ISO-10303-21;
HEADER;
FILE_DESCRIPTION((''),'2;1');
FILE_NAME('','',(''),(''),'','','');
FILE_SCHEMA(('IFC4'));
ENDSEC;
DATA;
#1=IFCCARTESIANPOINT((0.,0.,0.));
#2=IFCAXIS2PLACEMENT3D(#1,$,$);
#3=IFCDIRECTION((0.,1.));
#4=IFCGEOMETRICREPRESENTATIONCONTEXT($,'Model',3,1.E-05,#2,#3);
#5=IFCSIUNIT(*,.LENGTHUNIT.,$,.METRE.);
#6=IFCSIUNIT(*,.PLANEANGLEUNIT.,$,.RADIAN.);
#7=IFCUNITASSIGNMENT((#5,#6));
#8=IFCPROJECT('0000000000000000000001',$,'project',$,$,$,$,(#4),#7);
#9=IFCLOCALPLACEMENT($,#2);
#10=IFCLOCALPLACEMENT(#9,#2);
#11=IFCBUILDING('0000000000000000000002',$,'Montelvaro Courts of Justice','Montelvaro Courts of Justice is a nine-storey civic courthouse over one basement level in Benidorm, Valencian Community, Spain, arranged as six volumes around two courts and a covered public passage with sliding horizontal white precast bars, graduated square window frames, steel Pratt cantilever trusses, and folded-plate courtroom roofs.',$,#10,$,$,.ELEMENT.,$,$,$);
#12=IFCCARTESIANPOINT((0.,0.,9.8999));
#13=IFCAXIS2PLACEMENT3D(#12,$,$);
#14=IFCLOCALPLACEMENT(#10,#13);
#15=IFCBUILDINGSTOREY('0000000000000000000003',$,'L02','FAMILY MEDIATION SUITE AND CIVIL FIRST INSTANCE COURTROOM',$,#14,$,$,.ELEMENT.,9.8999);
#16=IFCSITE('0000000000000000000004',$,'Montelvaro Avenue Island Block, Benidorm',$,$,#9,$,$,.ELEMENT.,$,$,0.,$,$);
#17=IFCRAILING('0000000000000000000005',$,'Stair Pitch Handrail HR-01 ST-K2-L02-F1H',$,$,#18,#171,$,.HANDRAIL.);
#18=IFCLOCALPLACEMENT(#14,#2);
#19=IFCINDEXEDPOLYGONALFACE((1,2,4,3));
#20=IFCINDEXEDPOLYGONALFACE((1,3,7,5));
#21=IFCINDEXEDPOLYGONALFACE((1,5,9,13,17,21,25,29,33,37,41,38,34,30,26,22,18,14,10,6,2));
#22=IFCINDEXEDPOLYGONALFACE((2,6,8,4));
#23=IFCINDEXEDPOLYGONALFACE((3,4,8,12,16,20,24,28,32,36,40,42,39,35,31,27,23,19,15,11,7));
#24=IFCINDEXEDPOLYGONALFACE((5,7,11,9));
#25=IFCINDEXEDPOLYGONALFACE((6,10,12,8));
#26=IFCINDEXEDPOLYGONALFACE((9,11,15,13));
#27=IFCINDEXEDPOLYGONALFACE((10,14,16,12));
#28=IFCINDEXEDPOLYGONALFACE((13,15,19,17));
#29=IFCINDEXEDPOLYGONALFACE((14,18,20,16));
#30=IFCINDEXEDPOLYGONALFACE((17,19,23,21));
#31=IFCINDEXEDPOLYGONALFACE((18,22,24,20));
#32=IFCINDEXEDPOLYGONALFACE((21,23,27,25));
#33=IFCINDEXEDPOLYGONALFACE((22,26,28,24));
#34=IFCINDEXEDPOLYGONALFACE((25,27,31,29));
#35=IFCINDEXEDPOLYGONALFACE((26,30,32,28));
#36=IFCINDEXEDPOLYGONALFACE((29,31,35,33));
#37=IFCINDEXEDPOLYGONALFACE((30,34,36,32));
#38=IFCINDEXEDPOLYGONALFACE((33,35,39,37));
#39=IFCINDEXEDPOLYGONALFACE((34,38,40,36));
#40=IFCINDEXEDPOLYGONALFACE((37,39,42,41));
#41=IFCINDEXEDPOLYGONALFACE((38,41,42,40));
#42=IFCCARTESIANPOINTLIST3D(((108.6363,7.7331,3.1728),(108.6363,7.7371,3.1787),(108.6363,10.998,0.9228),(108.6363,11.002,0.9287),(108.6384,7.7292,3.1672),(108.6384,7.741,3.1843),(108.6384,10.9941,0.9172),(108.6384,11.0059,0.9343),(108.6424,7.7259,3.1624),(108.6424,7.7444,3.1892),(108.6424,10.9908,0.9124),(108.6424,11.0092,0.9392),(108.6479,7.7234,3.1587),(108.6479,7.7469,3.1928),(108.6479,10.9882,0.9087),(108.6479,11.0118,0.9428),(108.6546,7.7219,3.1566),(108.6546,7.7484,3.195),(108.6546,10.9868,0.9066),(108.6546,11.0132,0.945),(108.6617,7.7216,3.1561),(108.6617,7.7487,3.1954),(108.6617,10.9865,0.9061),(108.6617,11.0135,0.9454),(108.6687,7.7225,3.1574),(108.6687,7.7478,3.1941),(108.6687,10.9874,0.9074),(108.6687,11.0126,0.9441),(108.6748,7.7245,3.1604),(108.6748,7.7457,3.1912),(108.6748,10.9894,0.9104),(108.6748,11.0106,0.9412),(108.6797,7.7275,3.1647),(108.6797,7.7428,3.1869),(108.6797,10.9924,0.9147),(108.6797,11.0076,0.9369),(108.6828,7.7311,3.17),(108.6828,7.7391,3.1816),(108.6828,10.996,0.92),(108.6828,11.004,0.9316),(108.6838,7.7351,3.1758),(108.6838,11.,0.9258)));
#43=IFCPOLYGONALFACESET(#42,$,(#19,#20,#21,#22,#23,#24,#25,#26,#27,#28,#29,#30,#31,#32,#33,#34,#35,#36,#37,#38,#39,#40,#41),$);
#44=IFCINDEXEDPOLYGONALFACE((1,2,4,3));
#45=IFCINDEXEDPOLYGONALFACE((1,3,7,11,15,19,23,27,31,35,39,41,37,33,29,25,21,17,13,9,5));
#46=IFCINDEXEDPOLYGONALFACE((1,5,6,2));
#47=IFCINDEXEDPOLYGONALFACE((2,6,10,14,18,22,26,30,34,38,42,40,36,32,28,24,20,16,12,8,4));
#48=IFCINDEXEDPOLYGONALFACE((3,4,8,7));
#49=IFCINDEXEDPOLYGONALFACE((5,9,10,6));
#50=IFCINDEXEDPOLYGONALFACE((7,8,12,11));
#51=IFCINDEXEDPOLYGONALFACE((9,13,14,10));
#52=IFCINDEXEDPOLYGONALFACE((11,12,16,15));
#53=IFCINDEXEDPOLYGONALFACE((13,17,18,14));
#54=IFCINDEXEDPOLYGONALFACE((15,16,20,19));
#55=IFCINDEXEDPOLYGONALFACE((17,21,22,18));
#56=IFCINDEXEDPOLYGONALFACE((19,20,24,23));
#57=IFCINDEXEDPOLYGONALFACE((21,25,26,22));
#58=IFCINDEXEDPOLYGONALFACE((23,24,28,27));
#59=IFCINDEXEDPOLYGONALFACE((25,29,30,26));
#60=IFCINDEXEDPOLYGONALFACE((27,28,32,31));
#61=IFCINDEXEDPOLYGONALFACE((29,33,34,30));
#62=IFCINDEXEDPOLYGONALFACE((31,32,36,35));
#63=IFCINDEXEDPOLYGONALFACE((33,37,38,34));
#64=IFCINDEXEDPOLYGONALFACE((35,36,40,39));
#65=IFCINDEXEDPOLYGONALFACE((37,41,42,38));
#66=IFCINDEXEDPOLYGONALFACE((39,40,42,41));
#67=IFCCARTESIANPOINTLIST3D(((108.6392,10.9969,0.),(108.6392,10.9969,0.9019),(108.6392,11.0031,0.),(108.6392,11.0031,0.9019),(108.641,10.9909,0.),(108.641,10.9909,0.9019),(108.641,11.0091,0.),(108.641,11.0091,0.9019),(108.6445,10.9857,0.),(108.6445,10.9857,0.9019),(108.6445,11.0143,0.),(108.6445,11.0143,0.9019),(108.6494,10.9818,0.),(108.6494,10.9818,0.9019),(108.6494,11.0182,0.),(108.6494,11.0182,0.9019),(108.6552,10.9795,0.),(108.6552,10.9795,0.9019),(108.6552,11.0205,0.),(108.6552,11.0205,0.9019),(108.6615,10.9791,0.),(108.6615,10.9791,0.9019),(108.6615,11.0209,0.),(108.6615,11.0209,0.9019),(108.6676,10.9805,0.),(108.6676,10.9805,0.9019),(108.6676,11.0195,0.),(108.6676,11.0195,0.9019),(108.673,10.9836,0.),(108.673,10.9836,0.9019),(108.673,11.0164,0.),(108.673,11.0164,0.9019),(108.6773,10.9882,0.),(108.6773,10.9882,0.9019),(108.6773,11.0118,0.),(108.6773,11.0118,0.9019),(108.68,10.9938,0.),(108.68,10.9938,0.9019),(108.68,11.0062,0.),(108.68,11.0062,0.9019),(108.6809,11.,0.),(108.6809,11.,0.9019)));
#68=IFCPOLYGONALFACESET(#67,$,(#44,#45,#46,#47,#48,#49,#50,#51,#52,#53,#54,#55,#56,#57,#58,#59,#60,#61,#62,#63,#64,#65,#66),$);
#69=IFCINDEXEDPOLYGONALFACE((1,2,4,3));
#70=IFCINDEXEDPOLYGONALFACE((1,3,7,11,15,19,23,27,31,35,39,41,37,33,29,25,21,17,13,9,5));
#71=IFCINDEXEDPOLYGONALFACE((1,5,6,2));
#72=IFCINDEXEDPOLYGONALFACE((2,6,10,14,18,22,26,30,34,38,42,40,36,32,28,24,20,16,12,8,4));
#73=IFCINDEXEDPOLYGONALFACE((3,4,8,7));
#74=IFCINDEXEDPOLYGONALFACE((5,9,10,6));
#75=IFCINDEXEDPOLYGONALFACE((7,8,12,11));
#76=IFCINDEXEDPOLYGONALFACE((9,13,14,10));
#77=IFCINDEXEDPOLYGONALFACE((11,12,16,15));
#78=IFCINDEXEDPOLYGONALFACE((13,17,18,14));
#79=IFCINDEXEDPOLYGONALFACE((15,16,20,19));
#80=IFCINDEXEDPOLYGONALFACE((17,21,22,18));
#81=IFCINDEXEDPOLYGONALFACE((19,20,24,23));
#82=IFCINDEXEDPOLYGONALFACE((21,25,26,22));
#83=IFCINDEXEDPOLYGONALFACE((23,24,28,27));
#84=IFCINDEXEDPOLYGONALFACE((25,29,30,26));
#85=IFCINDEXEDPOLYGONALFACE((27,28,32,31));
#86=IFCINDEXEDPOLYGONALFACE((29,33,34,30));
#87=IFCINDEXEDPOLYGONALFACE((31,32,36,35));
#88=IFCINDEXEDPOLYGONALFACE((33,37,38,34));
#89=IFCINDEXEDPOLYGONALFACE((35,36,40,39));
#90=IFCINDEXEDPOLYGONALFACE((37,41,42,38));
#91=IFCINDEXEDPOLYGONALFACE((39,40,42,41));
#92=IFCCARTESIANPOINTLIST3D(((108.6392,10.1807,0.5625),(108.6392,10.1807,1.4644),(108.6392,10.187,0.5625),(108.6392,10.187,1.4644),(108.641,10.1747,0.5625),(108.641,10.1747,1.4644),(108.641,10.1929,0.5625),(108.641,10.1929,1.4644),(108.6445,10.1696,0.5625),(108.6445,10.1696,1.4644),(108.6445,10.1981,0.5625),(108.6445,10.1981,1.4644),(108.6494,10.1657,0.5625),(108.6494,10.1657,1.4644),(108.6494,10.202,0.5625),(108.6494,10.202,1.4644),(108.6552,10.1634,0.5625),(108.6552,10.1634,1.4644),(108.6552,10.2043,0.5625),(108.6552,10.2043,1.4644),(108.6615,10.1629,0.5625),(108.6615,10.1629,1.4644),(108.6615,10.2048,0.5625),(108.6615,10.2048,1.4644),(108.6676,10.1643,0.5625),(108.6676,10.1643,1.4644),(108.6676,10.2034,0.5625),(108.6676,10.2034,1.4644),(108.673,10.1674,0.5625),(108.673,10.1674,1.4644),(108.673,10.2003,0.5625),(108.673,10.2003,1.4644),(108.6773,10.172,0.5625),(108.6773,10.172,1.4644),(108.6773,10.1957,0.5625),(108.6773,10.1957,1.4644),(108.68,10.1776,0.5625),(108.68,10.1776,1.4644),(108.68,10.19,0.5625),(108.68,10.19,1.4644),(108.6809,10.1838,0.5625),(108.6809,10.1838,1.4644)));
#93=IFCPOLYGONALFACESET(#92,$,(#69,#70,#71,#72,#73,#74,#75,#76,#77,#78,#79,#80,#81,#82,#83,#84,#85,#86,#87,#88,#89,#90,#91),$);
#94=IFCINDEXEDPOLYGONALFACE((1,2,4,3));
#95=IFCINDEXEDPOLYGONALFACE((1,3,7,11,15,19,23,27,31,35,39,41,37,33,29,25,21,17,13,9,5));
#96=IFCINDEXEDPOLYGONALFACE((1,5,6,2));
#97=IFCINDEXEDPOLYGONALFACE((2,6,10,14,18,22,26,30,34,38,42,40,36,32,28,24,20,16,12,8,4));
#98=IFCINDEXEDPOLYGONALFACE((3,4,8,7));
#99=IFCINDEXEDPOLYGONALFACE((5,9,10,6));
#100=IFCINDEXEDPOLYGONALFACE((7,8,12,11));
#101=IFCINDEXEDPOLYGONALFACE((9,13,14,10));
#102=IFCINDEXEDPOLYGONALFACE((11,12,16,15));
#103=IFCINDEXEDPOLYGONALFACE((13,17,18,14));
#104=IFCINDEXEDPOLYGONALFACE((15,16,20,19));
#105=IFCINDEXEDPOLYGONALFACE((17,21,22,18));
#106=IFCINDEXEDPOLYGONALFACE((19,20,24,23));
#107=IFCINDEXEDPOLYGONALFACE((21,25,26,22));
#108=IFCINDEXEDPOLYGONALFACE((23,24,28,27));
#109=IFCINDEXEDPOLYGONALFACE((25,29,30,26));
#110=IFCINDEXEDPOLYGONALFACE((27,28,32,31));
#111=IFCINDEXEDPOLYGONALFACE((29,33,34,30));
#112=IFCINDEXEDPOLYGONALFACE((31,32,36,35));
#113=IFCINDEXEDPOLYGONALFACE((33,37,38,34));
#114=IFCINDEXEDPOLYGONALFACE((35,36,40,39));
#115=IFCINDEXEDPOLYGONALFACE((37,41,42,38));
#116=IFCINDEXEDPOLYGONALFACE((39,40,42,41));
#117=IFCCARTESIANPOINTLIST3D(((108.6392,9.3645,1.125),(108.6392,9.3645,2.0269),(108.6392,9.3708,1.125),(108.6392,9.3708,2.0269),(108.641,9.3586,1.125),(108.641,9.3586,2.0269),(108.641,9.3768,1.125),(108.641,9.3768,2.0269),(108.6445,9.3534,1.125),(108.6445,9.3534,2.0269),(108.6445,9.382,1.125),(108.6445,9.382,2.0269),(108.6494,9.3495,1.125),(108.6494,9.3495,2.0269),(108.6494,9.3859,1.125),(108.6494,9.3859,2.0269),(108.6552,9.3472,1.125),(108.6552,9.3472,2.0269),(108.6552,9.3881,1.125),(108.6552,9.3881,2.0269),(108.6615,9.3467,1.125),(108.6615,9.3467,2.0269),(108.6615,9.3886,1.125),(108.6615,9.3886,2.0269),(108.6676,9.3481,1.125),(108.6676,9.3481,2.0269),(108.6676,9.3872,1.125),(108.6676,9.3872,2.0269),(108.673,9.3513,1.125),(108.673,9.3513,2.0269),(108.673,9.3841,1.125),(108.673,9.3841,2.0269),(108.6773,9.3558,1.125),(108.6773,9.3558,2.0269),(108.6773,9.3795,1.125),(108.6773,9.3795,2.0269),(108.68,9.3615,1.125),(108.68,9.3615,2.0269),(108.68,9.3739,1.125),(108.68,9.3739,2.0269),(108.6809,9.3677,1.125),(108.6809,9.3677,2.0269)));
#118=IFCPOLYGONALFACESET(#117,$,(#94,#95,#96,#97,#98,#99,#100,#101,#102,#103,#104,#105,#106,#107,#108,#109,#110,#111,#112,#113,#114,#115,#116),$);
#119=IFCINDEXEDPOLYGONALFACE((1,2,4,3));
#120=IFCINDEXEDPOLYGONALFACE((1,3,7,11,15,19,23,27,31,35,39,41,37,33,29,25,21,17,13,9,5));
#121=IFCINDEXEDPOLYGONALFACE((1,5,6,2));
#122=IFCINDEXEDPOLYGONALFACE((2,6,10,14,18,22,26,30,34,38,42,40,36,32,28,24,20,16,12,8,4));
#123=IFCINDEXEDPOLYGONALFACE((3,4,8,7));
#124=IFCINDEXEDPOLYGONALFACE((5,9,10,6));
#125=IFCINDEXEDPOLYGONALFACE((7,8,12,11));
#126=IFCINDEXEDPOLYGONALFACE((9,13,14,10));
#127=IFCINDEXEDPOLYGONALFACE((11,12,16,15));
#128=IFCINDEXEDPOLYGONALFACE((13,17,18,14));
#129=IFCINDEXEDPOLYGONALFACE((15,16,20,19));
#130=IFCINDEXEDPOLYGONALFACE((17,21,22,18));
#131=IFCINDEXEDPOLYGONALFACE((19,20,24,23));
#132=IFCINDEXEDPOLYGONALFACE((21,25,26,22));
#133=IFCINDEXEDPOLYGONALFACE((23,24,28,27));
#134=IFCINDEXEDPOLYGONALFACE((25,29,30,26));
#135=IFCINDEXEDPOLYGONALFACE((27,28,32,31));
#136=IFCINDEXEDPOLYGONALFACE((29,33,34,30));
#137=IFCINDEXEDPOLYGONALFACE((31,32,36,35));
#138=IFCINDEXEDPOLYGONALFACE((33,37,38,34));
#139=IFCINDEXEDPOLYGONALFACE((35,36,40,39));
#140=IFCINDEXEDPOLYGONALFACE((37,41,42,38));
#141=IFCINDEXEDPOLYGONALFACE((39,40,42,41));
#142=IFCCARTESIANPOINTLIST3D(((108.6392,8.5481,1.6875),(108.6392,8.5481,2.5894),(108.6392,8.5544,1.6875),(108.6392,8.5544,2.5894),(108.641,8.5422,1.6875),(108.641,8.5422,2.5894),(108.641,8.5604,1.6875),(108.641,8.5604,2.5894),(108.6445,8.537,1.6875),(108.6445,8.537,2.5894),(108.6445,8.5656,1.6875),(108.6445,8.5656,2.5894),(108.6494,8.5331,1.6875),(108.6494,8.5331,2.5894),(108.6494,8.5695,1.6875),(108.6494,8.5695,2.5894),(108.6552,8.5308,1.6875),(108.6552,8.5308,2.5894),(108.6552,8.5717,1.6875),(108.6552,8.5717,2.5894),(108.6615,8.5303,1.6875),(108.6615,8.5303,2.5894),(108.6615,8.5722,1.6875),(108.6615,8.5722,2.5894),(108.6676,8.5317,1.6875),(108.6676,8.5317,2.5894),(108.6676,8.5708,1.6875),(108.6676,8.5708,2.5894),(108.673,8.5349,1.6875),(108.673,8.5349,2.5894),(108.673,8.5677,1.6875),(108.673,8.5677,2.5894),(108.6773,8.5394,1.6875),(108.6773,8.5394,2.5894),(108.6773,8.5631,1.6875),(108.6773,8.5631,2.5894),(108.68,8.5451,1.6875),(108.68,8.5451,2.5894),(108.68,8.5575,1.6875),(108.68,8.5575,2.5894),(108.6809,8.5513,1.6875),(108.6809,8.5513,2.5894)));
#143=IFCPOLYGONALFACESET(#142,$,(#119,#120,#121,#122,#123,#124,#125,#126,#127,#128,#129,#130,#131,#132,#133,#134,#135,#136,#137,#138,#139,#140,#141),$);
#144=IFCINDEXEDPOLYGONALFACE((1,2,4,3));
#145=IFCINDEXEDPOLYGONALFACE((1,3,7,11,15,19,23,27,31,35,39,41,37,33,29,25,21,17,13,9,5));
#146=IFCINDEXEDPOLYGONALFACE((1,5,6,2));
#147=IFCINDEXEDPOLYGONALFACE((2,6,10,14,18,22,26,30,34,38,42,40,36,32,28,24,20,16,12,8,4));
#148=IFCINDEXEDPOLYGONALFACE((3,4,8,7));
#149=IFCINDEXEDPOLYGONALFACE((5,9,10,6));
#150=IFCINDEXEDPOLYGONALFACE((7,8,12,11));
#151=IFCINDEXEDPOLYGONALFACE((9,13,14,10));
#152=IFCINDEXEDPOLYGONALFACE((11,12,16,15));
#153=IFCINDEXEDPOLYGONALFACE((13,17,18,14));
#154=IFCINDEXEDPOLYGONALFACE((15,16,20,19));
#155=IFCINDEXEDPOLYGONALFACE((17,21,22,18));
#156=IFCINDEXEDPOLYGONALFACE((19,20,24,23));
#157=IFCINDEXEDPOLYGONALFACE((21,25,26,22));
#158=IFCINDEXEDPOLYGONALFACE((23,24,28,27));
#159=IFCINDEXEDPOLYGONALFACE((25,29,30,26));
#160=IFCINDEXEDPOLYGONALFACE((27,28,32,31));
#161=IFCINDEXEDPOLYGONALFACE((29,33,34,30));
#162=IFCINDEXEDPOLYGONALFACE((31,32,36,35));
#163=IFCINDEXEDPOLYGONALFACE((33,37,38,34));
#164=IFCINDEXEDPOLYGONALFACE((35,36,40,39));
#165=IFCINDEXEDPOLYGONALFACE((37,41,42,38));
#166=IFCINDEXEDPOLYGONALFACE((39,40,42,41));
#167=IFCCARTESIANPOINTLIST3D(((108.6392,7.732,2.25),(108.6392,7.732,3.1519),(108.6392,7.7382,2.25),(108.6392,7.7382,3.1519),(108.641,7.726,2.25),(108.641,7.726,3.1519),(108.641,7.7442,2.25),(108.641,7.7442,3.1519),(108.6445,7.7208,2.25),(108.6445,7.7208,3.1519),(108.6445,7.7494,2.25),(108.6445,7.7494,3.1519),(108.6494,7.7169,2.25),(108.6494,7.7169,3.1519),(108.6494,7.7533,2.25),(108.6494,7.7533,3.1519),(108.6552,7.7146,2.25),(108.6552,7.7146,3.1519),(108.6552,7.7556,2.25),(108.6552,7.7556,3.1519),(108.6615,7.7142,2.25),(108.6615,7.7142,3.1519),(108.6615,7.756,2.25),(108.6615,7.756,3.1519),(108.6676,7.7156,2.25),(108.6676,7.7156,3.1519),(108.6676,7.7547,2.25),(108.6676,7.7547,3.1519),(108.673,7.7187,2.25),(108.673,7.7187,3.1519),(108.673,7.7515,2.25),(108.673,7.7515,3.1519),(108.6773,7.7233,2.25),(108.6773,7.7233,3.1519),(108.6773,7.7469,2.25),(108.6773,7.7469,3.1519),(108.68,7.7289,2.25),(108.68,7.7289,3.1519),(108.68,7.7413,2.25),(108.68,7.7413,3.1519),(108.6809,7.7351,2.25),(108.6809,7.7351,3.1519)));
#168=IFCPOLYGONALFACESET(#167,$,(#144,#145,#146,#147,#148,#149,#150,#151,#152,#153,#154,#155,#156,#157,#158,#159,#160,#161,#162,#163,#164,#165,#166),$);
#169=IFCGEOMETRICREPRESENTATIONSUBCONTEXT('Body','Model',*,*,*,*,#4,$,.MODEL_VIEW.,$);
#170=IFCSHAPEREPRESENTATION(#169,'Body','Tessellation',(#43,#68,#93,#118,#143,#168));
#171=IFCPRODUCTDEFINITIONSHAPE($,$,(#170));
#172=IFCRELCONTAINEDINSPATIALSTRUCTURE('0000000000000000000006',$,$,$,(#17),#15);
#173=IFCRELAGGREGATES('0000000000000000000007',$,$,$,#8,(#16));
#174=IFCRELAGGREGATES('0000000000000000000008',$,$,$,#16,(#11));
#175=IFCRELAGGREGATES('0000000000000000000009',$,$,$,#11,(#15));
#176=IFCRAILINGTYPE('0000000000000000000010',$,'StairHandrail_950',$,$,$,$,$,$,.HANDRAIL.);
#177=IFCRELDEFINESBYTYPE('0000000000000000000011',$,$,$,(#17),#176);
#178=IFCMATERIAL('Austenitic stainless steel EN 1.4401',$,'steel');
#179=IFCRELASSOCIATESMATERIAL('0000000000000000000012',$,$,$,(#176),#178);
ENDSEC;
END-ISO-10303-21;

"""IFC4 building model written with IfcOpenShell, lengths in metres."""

from ifc_helpers import new_model, si_unit, direction, frame, origin, origin_2d, place, context, subcontext, project, spatial, circle, extrude, material, type_object, element, save


model = new_model("IFC4")

# Units and contexts
model_context = context("Model", 3, precision=1e-05, world=origin(), true_north=direction((0.0, 1.0)))
body_context = subcontext(model_context, "Body", "Model", "MODEL_VIEW")
ifc_project = project(units=[si_unit("LENGTHUNIT", "METRE"), si_unit("PLANEANGLEUNIT", "RADIAN")], contexts=[model_context])

# Site, building, storey
site_placement = place(None, origin())
site = spatial("IfcSite", under=ifc_project, at=site_placement, Name="Montelvaro Avenue Island Block, Benidorm", CompositionType="ELEMENT", RefElevation=0.0)
building_placement = place(site_placement, origin())
building = spatial("IfcBuilding", under=site, at=building_placement, Name="Montelvaro Courts of Justice", Description="Montelvaro Courts of Justice is a nine-storey civic courthouse over one basement level in Benidorm, Valencian Community, Spain, arranged as six volumes around two courts and a covered public passage with sliding horizontal white precast bars, graduated square window frames, steel Pratt cantilever trusses, and folded-plate courtroom roofs.", CompositionType="ELEMENT")
storey_placement = place(building_placement, frame((0.0, 0.0, 9.8999)))
storey = spatial("IfcBuildingStorey", under=building, at=storey_placement, Name="L02", Description="FAMILY MEDIATION SUITE AND CIVIL FIRST INSTANCE COURTROOM", CompositionType="ELEMENT", Elevation=9.8999)

# Railing
ifc_material_1 = material(Name="Austenitic stainless steel EN 1.4401", Category="steel")
railing_type_1 = type_object("IfcRailingType", Name="StairHandrail_950", PredefinedType="HANDRAIL", material=ifc_material_1)
railing_1_placement = place(storey_placement, frame((108.6599, 11.0, 0.0)))
element("IfcRailing", 1, at=railing_1_placement, inside=storey, type_object=railing_type_1, Name="Stair Pitch Handrail HR-01 ST-K2-L02-F1H", PredefinedType="HANDRAIL", context=body_context, shape_type="SweptSolid", body=[
    extrude(circle(Radius=0.0239, at=origin_2d()), frame((0.0, 0.0, 0.9258), z_axis=(0.0, -0.823407, 0.567451), x_axis=(1.0, 0.0, 0.0)), (0.0, 0.0, 1.0), 3.9651),
    extrude(circle(Radius=0.021, at=origin_2d()), origin(), (0.0, 0.0, 1.0), 0.9019),
    extrude(circle(Radius=0.021, at=origin_2d()), frame((0.0, -0.8162, 0.5625)), (0.0, 0.0, 1.0), 0.9019),
    extrude(circle(Radius=0.021, at=origin_2d()), frame((0.0, -1.6323, 1.125)), (0.0, 0.0, 1.0), 0.9019),
    extrude(circle(Radius=0.021, at=origin_2d()), frame((0.0, -2.4487, 1.6875)), (0.0, 0.0, 1.0), 0.9019),
    extrude(circle(Radius=0.021, at=origin_2d()), frame((0.0, -3.2649, 2.25)), (0.0, 0.0, 1.0), 0.9019),
])

save(model, "model.ifc")
